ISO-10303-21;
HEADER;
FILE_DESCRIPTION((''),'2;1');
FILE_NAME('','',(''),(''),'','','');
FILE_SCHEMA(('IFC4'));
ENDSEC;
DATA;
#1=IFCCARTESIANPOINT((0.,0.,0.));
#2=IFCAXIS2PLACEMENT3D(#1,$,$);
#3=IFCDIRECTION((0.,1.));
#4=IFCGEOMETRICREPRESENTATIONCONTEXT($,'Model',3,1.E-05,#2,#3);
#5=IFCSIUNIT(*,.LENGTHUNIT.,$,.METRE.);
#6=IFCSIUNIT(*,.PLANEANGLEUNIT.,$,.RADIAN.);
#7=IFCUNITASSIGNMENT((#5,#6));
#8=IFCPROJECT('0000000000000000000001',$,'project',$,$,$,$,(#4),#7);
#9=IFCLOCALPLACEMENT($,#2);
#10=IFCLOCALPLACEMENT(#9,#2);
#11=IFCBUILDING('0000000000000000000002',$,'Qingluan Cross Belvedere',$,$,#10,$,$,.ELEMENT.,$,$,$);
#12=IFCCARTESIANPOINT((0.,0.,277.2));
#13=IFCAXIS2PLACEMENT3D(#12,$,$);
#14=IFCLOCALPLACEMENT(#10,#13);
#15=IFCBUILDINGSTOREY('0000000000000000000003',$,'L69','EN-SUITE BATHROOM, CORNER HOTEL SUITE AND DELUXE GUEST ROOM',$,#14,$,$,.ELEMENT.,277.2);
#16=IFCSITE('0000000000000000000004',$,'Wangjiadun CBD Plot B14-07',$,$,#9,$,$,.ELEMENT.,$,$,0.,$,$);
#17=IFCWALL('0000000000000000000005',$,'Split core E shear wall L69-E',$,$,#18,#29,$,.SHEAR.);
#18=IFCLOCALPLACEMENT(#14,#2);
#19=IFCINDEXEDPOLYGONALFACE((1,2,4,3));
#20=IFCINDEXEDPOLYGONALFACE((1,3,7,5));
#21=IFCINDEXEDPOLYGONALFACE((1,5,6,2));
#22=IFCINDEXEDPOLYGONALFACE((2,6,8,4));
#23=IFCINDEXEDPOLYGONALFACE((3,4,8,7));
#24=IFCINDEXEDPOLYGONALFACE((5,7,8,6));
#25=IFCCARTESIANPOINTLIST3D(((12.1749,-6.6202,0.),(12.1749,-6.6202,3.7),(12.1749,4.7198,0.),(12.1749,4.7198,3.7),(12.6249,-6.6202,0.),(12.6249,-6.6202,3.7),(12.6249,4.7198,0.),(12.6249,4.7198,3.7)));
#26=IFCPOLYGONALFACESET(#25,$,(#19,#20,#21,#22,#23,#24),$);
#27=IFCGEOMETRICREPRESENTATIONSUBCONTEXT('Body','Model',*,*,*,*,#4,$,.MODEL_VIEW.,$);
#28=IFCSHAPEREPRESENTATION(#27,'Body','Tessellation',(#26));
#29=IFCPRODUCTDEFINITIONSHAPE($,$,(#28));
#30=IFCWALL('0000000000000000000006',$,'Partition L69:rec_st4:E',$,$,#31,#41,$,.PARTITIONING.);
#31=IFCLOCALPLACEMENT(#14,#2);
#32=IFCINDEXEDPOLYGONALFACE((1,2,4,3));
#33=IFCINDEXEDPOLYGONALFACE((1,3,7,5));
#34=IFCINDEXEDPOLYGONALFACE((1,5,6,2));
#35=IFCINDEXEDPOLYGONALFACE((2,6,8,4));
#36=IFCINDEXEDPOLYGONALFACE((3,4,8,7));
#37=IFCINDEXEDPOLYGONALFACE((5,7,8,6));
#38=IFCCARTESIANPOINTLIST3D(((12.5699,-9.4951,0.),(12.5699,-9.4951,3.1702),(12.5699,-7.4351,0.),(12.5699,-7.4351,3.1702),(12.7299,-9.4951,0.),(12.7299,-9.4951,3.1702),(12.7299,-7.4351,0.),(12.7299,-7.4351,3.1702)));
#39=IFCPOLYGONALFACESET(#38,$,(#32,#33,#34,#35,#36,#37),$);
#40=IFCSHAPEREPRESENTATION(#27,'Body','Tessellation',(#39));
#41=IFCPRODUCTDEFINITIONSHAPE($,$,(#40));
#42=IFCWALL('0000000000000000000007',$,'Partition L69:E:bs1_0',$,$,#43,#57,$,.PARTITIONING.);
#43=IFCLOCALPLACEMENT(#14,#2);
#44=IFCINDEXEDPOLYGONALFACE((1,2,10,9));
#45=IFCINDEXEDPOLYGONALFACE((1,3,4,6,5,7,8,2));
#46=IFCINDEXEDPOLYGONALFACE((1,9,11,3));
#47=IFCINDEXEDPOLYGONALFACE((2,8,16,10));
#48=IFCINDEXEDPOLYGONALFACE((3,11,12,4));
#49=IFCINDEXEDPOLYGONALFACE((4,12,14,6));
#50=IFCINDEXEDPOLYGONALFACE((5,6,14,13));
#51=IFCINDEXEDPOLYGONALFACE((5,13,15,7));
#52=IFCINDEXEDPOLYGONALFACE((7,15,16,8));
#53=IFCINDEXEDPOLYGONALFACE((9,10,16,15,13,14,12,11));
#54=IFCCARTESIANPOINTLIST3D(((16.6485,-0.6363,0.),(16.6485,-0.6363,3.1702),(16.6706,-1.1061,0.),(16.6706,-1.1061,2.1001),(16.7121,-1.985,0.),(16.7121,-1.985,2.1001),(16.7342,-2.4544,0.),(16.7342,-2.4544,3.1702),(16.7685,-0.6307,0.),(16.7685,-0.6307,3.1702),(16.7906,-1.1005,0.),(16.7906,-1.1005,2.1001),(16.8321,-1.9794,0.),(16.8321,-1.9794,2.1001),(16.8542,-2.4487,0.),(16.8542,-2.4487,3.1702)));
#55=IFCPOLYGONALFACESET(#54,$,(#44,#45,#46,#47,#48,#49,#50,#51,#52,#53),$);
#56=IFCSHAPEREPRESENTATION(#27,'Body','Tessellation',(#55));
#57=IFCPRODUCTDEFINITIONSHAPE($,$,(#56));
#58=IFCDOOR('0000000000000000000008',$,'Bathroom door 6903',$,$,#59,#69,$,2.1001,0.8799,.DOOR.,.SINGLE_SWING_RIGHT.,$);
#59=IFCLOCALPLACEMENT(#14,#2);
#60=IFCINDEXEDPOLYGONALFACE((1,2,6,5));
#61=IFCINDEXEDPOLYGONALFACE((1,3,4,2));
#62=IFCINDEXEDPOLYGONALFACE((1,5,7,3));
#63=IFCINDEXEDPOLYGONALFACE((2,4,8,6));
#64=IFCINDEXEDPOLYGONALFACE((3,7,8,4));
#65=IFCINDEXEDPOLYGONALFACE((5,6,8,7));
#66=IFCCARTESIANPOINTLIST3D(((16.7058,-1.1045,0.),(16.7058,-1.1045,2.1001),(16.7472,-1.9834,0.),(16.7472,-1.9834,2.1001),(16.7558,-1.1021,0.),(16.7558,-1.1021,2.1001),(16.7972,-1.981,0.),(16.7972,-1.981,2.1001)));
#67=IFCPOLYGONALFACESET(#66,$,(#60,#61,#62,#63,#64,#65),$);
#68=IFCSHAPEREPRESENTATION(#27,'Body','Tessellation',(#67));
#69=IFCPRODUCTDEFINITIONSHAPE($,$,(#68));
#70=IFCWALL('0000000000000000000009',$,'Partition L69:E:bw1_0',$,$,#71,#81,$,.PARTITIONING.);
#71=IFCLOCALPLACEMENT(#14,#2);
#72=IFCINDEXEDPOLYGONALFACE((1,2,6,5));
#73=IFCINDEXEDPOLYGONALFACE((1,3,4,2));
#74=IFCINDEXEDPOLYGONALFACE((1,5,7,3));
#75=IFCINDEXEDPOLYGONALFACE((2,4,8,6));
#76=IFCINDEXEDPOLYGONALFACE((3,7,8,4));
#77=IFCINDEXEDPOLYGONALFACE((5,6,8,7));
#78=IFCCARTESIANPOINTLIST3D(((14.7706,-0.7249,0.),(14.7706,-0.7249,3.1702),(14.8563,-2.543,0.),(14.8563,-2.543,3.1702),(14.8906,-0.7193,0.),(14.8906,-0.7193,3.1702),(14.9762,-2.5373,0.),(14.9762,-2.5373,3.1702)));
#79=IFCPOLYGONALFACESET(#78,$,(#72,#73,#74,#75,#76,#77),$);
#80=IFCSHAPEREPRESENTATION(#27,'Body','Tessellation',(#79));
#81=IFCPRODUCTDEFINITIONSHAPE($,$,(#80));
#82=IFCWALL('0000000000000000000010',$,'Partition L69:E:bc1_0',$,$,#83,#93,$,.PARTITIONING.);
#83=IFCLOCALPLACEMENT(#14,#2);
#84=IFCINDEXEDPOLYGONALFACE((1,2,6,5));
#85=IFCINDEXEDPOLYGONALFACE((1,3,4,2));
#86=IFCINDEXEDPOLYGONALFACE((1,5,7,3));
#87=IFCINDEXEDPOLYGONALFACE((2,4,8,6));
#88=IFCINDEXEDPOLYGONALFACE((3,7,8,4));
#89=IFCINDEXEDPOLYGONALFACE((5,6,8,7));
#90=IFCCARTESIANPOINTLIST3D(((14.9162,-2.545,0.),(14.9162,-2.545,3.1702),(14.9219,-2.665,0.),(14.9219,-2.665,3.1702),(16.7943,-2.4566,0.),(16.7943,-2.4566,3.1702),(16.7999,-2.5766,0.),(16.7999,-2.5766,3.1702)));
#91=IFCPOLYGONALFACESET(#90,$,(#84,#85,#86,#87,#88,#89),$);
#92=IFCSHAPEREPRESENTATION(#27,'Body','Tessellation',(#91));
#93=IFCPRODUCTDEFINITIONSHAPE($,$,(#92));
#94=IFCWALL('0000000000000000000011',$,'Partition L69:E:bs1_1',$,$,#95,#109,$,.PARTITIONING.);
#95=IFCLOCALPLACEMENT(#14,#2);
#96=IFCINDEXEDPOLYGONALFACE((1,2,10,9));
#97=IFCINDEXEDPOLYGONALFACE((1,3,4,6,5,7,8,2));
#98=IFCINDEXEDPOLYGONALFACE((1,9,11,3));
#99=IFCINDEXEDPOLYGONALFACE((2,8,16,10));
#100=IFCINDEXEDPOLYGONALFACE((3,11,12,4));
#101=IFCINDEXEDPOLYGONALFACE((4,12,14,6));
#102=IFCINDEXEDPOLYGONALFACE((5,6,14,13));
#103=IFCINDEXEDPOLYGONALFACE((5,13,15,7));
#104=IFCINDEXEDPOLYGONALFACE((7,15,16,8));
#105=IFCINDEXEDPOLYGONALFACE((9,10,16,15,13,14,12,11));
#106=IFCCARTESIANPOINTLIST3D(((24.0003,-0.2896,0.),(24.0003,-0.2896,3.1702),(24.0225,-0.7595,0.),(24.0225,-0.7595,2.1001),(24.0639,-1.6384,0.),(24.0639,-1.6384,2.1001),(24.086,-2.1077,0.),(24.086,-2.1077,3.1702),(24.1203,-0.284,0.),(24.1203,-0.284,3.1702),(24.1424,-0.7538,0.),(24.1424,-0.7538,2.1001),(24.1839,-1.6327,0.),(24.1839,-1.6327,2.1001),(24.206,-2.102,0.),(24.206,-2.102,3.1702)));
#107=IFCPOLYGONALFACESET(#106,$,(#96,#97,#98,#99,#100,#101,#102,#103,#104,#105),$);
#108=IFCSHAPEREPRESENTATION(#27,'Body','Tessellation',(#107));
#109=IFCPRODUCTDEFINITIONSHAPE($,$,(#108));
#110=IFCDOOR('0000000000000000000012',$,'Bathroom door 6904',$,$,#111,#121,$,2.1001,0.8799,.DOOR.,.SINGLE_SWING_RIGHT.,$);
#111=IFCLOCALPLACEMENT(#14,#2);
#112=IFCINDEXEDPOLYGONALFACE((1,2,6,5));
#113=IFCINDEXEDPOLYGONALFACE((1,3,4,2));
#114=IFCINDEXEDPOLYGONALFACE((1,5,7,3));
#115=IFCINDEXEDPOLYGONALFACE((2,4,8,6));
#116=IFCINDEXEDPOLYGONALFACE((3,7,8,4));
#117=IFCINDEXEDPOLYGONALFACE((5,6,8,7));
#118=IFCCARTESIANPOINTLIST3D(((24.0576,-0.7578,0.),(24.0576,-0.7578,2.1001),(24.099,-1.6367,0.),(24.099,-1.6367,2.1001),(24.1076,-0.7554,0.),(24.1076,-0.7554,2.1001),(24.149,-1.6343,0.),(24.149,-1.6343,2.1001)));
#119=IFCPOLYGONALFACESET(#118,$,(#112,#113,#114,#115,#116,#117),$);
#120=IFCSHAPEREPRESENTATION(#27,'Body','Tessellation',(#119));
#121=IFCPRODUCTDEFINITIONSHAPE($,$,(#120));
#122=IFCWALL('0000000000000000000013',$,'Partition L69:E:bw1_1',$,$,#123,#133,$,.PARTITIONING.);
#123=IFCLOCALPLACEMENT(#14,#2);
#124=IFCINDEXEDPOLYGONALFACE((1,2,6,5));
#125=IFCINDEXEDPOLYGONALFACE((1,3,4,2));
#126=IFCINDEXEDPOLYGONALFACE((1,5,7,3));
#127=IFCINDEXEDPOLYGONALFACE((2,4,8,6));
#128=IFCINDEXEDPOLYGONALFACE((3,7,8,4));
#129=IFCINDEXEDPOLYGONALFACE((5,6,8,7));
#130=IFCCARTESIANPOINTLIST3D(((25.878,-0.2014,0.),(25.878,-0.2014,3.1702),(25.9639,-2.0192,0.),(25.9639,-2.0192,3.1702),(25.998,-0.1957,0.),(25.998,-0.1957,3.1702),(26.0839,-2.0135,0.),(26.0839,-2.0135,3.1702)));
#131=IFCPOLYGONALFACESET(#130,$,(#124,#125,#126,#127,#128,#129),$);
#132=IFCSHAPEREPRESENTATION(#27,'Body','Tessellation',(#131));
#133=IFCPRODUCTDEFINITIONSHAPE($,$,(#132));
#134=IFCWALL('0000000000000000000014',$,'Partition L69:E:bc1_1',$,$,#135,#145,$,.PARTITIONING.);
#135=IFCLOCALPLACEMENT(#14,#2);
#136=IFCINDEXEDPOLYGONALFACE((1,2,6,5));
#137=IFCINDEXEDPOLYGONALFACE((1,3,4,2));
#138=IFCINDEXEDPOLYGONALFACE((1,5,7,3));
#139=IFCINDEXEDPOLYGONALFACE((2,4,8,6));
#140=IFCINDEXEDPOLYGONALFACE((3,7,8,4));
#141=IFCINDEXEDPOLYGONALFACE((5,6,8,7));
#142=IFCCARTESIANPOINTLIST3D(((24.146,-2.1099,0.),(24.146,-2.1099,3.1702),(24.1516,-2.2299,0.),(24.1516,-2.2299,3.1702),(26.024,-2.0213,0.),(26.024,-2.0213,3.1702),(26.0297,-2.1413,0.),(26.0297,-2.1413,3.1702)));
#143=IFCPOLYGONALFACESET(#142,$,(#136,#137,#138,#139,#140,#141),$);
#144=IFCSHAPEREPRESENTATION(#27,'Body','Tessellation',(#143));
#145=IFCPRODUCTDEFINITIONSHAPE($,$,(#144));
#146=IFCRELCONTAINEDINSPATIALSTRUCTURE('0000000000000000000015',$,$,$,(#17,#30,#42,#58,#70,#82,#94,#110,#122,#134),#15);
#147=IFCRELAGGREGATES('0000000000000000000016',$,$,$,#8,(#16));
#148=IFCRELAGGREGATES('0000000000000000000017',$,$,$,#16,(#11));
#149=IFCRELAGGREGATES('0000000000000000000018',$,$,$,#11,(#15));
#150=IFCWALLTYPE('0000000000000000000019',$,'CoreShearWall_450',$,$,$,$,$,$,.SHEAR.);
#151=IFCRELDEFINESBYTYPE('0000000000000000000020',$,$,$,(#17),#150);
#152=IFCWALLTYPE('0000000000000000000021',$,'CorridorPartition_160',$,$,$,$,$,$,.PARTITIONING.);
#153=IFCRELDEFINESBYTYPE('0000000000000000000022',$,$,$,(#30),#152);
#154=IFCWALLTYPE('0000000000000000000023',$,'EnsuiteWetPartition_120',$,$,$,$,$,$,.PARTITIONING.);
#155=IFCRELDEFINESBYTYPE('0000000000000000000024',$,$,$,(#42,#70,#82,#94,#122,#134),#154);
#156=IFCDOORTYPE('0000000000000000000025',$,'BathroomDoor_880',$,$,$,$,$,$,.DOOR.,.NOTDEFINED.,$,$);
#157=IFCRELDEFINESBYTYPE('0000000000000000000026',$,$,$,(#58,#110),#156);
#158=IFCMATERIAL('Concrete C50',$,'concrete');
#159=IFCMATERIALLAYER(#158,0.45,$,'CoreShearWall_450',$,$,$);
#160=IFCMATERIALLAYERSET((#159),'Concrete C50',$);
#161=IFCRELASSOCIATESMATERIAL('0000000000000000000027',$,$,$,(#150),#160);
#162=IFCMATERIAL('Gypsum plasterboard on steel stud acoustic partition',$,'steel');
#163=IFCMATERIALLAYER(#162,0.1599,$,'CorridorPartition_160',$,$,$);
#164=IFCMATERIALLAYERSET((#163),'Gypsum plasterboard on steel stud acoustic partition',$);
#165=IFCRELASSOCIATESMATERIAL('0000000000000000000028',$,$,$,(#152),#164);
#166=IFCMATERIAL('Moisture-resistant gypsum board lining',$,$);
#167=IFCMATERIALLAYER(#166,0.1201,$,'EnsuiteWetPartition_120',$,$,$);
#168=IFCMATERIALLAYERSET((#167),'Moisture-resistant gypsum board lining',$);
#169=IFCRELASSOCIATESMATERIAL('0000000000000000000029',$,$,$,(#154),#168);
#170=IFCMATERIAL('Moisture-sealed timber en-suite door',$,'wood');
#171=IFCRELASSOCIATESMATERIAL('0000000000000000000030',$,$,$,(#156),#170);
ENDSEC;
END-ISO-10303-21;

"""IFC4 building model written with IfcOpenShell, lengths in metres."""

from ifc_helpers import new_model, si_unit, direction, frame, frame_2d, origin, place, context, subcontext, project, spatial, rectangle, extrude, material, layer, layer_set, type_object, element, fill, save


model = new_model("IFC4")

# Units and contexts
model_context = context("Model", 3, precision=1e-05, world=origin(), true_north=direction((0.0, 1.0)))
body_context = subcontext(model_context, "Body", "Model", "MODEL_VIEW")
ifc_project = project(units=[si_unit("LENGTHUNIT", "METRE"), si_unit("PLANEANGLEUNIT", "RADIAN")], contexts=[model_context])

# Site, building, storey
site_placement = place(None, origin())
site = spatial("IfcSite", under=ifc_project, at=site_placement, Name="Wangjiadun CBD Plot B14-07", CompositionType="ELEMENT", RefElevation=0.0)
building_placement = place(site_placement, origin())
building = spatial("IfcBuilding", under=site, at=building_placement, Name="Qingluan Cross Belvedere", CompositionType="ELEMENT")
storey_placement = place(building_placement, frame((0.0, 0.0, 277.2)))
storey = spatial("IfcBuildingStorey", under=building, at=storey_placement, Name="L69", Description="EN-SUITE BATHROOM, CORNER HOTEL SUITE AND DELUXE GUEST ROOM", CompositionType="ELEMENT", Elevation=277.2)

# Walls
ifc_material_1 = material(Name="Concrete C50", Category="concrete")
ifc_layer_1 = layer(ifc_material_1, 0.45, Name="CoreShearWall_450")
ifc_layer_set_1 = layer_set([ifc_layer_1], Name="Concrete C50")
wall_type_1 = type_object("IfcWallType", Name="CoreShearWall_450", PredefinedType="SHEAR", material=ifc_layer_set_1)
wall_1_placement = place(storey_placement, frame((12.3999, -6.6201, 0.0), z_axis=(0.0, 0.0, 1.0), x_axis=(0.0, 1.0, 0.0)))
element("IfcWall", 1, at=wall_1_placement, inside=storey, type_object=wall_type_1, Name="Split core E shear wall L69-E", PredefinedType="SHEAR", context=body_context, shape_type="SweptSolid", body=[
    extrude(rectangle(XDim=11.3401, YDim=0.45, at=frame_2d((5.6699, 0.0))), origin(), (0.0, 0.0, 1.0), 3.7),
])
ifc_material_2 = material(Name="Gypsum plasterboard on steel stud acoustic partition", Category="steel")
ifc_layer_2 = layer(ifc_material_2, 0.1599, Name="CorridorPartition_160")
ifc_layer_set_2 = layer_set([ifc_layer_2], Name="Gypsum plasterboard on steel stud acoustic partition")
wall_type_2 = type_object("IfcWallType", Name="CorridorPartition_160", PredefinedType="PARTITIONING", material=ifc_layer_set_2)
wall_2_placement = place(storey_placement, frame((12.6499, -9.4951, 0.0), z_axis=(0.0, 0.0, 1.0), x_axis=(0.0, 1.0, 0.0)))
element("IfcWall", 2, at=wall_2_placement, inside=storey, type_object=wall_type_2, Name="Partition L69:rec_st4:E", PredefinedType="PARTITIONING", context=body_context, shape_type="SweptSolid", body=[
    extrude(rectangle(XDim=2.0601, YDim=0.1599, at=frame_2d((1.03, 0.0))), origin(), (0.0, 0.0, 1.0), 3.1702),
])

# Wall, opening, door
ifc_material_3 = material(Name="Moisture-resistant gypsum board lining")
ifc_layer_3 = layer(ifc_material_3, 0.1201, Name="EnsuiteWetPartition_120")
ifc_layer_set_3 = layer_set([ifc_layer_3], Name="Moisture-resistant gypsum board lining")
wall_type_3 = type_object("IfcWallType", Name="EnsuiteWetPartition_120", PredefinedType="PARTITIONING", material=ifc_layer_set_3)
wall_3_placement = place(storey_placement, frame((16.7942, -2.4517, 0.0), z_axis=(0.0, 0.0, 1.0), x_axis=(-0.047081, 0.998891, 0.0)))
wall_3 = element("IfcWall", 3, at=wall_3_placement, inside=storey, type_object=wall_type_3, Name="Partition L69:E:bs1_0", PredefinedType="PARTITIONING", context=body_context, shape_type="SweptSolid", body=[
    extrude(rectangle(XDim=1.8201, YDim=0.1201, at=frame_2d((0.9102, 0.0))), origin(), (0.0, 0.0, 1.0), 3.1702),
])
opening_1_placement = place(wall_3_placement, frame((0.47, 0.0, 0.0)))
opening_1 = element("IfcOpeningElement", 4, at=opening_1_placement, cuts=wall_3, PredefinedType="OPENING", context=body_context, shape_type="SweptSolid", body=[
    extrude(rectangle(XDim=0.8799, YDim=2.1001, at=frame_2d((0.4399, 1.05))), frame((0.0, 0.0701, 0.0), z_axis=(0.0, -1.0, 0.0), x_axis=(1.0, 0.0, 0.0)), (0.0, 0.0, 1.0), 0.1401),
])
ifc_material_4 = material(Name="Moisture-sealed timber en-suite door", Category="wood")
door_type_1 = type_object("IfcDoorType", Name="BathroomDoor_880", OperationType="NOTDEFINED", PredefinedType="DOOR", material=ifc_material_4)
door_1_placement = place(opening_1_placement, origin())
door_1 = element("IfcDoor", 5, at=door_1_placement, inside=storey, type_object=door_type_1, Name="Bathroom door 6903", OperationType="SINGLE_SWING_RIGHT", OverallHeight=2.1001, OverallWidth=0.8799, PredefinedType="DOOR", context=body_context, shape_type="SweptSolid", body=[
    extrude(rectangle(XDim=0.8799, YDim=2.1001, at=frame_2d((0.4399, 1.05))), frame((0.0, 0.0249, 0.0), z_axis=(0.0, -1.0, 0.0), x_axis=(1.0, 0.0, 0.0)), (0.0, 0.0, 1.0), 0.05),
])
fill(opening_1, door_1)

# Walls
wall_4_placement = place(storey_placement, frame((14.9163, -2.5403, 0.0), z_axis=(0.0, 0.0, 1.0), x_axis=(-0.047081, 0.998891, 0.0)))
element("IfcWall", 6, at=wall_4_placement, inside=storey, type_object=wall_type_3, Name="Partition L69:E:bw1_0", PredefinedType="PARTITIONING", context=body_context, shape_type="SweptSolid", body=[
    extrude(rectangle(XDim=1.8201, YDim=0.1201, at=frame_2d((0.9102, 0.0))), origin(), (0.0, 0.0, 1.0), 3.1702),
])
wall_5_placement = place(storey_placement, frame((14.9192, -2.605, 0.0), z_axis=(0.0, 0.0, 1.0), x_axis=(0.998894, 0.04701, 0.0)))
element("IfcWall", 7, at=wall_5_placement, inside=storey, type_object=wall_type_3, Name="Partition L69:E:bc1_0", PredefinedType="PARTITIONING", context=body_context, shape_type="SweptSolid", body=[
    extrude(rectangle(XDim=1.8801, YDim=0.1201, at=frame_2d((0.9399, 0.0))), origin(), (0.0, 0.0, 1.0), 3.1702),
])

# Wall, opening, door
wall_6_placement = place(storey_placement, frame((24.146, -2.105, 0.0), z_axis=(0.0, 0.0, 1.0), x_axis=(-0.047081, 0.998891, 0.0)))
wall_6 = element("IfcWall", 8, at=wall_6_placement, inside=storey, type_object=wall_type_3, Name="Partition L69:E:bs1_1", PredefinedType="PARTITIONING", context=body_context, shape_type="SweptSolid", body=[
    extrude(rectangle(XDim=1.8201, YDim=0.1201, at=frame_2d((0.9102, 0.0))), origin(), (0.0, 0.0, 1.0), 3.1702),
])
opening_2_placement = place(wall_6_placement, frame((0.47, 0.0, 0.0)))
opening_2 = element("IfcOpeningElement", 9, at=opening_2_placement, cuts=wall_6, PredefinedType="OPENING", context=body_context, shape_type="SweptSolid", body=[
    extrude(rectangle(XDim=0.8799, YDim=2.1001, at=frame_2d((0.4399, 1.05))), frame((0.0, 0.0701, 0.0), z_axis=(0.0, -1.0, 0.0), x_axis=(1.0, 0.0, 0.0)), (0.0, 0.0, 1.0), 0.1401),
])
door_2_placement = place(opening_2_placement, origin())
door_2 = element("IfcDoor", 10, at=door_2_placement, inside=storey, type_object=door_type_1, Name="Bathroom door 6904", OperationType="SINGLE_SWING_RIGHT", OverallHeight=2.1001, OverallWidth=0.8799, PredefinedType="DOOR", context=body_context, shape_type="SweptSolid", body=[
    extrude(rectangle(XDim=0.8799, YDim=2.1001, at=frame_2d((0.4399, 1.05))), frame((0.0, 0.0249, 0.0), z_axis=(0.0, -1.0, 0.0), x_axis=(1.0, 0.0, 0.0)), (0.0, 0.0, 1.0), 0.05),
])
fill(opening_2, door_2)

# Walls
wall_7_placement = place(storey_placement, frame((26.0239, -2.0164, 0.0), z_axis=(0.0, 0.0, 1.0), x_axis=(-0.047221, 0.998884, 0.0)))
element("IfcWall", 11, at=wall_7_placement, inside=storey, type_object=wall_type_3, Name="Partition L69:E:bw1_1", PredefinedType="PARTITIONING", context=body_context, shape_type="SweptSolid", body=[
    extrude(rectangle(XDim=1.8198, YDim=0.1201, at=frame_2d((0.9099, 0.0))), origin(), (0.0, 0.0, 1.0), 3.1702),
])
wall_8_placement = place(storey_placement, frame((24.1489, -2.1699, 0.0), z_axis=(0.0, 0.0, 1.0), x_axis=(0.998888, 0.047139, 0.0)))
element("IfcWall", 12, at=wall_8_placement, inside=storey, type_object=wall_type_3, Name="Partition L69:E:bc1_1", PredefinedType="PARTITIONING", context=body_context, shape_type="SweptSolid", body=[
    extrude(rectangle(XDim=1.8801, YDim=0.1201, at=frame_2d((0.9399, 0.0))), origin(), (0.0, 0.0, 1.0), 3.1702),
])

save(model, "model.ifc")
